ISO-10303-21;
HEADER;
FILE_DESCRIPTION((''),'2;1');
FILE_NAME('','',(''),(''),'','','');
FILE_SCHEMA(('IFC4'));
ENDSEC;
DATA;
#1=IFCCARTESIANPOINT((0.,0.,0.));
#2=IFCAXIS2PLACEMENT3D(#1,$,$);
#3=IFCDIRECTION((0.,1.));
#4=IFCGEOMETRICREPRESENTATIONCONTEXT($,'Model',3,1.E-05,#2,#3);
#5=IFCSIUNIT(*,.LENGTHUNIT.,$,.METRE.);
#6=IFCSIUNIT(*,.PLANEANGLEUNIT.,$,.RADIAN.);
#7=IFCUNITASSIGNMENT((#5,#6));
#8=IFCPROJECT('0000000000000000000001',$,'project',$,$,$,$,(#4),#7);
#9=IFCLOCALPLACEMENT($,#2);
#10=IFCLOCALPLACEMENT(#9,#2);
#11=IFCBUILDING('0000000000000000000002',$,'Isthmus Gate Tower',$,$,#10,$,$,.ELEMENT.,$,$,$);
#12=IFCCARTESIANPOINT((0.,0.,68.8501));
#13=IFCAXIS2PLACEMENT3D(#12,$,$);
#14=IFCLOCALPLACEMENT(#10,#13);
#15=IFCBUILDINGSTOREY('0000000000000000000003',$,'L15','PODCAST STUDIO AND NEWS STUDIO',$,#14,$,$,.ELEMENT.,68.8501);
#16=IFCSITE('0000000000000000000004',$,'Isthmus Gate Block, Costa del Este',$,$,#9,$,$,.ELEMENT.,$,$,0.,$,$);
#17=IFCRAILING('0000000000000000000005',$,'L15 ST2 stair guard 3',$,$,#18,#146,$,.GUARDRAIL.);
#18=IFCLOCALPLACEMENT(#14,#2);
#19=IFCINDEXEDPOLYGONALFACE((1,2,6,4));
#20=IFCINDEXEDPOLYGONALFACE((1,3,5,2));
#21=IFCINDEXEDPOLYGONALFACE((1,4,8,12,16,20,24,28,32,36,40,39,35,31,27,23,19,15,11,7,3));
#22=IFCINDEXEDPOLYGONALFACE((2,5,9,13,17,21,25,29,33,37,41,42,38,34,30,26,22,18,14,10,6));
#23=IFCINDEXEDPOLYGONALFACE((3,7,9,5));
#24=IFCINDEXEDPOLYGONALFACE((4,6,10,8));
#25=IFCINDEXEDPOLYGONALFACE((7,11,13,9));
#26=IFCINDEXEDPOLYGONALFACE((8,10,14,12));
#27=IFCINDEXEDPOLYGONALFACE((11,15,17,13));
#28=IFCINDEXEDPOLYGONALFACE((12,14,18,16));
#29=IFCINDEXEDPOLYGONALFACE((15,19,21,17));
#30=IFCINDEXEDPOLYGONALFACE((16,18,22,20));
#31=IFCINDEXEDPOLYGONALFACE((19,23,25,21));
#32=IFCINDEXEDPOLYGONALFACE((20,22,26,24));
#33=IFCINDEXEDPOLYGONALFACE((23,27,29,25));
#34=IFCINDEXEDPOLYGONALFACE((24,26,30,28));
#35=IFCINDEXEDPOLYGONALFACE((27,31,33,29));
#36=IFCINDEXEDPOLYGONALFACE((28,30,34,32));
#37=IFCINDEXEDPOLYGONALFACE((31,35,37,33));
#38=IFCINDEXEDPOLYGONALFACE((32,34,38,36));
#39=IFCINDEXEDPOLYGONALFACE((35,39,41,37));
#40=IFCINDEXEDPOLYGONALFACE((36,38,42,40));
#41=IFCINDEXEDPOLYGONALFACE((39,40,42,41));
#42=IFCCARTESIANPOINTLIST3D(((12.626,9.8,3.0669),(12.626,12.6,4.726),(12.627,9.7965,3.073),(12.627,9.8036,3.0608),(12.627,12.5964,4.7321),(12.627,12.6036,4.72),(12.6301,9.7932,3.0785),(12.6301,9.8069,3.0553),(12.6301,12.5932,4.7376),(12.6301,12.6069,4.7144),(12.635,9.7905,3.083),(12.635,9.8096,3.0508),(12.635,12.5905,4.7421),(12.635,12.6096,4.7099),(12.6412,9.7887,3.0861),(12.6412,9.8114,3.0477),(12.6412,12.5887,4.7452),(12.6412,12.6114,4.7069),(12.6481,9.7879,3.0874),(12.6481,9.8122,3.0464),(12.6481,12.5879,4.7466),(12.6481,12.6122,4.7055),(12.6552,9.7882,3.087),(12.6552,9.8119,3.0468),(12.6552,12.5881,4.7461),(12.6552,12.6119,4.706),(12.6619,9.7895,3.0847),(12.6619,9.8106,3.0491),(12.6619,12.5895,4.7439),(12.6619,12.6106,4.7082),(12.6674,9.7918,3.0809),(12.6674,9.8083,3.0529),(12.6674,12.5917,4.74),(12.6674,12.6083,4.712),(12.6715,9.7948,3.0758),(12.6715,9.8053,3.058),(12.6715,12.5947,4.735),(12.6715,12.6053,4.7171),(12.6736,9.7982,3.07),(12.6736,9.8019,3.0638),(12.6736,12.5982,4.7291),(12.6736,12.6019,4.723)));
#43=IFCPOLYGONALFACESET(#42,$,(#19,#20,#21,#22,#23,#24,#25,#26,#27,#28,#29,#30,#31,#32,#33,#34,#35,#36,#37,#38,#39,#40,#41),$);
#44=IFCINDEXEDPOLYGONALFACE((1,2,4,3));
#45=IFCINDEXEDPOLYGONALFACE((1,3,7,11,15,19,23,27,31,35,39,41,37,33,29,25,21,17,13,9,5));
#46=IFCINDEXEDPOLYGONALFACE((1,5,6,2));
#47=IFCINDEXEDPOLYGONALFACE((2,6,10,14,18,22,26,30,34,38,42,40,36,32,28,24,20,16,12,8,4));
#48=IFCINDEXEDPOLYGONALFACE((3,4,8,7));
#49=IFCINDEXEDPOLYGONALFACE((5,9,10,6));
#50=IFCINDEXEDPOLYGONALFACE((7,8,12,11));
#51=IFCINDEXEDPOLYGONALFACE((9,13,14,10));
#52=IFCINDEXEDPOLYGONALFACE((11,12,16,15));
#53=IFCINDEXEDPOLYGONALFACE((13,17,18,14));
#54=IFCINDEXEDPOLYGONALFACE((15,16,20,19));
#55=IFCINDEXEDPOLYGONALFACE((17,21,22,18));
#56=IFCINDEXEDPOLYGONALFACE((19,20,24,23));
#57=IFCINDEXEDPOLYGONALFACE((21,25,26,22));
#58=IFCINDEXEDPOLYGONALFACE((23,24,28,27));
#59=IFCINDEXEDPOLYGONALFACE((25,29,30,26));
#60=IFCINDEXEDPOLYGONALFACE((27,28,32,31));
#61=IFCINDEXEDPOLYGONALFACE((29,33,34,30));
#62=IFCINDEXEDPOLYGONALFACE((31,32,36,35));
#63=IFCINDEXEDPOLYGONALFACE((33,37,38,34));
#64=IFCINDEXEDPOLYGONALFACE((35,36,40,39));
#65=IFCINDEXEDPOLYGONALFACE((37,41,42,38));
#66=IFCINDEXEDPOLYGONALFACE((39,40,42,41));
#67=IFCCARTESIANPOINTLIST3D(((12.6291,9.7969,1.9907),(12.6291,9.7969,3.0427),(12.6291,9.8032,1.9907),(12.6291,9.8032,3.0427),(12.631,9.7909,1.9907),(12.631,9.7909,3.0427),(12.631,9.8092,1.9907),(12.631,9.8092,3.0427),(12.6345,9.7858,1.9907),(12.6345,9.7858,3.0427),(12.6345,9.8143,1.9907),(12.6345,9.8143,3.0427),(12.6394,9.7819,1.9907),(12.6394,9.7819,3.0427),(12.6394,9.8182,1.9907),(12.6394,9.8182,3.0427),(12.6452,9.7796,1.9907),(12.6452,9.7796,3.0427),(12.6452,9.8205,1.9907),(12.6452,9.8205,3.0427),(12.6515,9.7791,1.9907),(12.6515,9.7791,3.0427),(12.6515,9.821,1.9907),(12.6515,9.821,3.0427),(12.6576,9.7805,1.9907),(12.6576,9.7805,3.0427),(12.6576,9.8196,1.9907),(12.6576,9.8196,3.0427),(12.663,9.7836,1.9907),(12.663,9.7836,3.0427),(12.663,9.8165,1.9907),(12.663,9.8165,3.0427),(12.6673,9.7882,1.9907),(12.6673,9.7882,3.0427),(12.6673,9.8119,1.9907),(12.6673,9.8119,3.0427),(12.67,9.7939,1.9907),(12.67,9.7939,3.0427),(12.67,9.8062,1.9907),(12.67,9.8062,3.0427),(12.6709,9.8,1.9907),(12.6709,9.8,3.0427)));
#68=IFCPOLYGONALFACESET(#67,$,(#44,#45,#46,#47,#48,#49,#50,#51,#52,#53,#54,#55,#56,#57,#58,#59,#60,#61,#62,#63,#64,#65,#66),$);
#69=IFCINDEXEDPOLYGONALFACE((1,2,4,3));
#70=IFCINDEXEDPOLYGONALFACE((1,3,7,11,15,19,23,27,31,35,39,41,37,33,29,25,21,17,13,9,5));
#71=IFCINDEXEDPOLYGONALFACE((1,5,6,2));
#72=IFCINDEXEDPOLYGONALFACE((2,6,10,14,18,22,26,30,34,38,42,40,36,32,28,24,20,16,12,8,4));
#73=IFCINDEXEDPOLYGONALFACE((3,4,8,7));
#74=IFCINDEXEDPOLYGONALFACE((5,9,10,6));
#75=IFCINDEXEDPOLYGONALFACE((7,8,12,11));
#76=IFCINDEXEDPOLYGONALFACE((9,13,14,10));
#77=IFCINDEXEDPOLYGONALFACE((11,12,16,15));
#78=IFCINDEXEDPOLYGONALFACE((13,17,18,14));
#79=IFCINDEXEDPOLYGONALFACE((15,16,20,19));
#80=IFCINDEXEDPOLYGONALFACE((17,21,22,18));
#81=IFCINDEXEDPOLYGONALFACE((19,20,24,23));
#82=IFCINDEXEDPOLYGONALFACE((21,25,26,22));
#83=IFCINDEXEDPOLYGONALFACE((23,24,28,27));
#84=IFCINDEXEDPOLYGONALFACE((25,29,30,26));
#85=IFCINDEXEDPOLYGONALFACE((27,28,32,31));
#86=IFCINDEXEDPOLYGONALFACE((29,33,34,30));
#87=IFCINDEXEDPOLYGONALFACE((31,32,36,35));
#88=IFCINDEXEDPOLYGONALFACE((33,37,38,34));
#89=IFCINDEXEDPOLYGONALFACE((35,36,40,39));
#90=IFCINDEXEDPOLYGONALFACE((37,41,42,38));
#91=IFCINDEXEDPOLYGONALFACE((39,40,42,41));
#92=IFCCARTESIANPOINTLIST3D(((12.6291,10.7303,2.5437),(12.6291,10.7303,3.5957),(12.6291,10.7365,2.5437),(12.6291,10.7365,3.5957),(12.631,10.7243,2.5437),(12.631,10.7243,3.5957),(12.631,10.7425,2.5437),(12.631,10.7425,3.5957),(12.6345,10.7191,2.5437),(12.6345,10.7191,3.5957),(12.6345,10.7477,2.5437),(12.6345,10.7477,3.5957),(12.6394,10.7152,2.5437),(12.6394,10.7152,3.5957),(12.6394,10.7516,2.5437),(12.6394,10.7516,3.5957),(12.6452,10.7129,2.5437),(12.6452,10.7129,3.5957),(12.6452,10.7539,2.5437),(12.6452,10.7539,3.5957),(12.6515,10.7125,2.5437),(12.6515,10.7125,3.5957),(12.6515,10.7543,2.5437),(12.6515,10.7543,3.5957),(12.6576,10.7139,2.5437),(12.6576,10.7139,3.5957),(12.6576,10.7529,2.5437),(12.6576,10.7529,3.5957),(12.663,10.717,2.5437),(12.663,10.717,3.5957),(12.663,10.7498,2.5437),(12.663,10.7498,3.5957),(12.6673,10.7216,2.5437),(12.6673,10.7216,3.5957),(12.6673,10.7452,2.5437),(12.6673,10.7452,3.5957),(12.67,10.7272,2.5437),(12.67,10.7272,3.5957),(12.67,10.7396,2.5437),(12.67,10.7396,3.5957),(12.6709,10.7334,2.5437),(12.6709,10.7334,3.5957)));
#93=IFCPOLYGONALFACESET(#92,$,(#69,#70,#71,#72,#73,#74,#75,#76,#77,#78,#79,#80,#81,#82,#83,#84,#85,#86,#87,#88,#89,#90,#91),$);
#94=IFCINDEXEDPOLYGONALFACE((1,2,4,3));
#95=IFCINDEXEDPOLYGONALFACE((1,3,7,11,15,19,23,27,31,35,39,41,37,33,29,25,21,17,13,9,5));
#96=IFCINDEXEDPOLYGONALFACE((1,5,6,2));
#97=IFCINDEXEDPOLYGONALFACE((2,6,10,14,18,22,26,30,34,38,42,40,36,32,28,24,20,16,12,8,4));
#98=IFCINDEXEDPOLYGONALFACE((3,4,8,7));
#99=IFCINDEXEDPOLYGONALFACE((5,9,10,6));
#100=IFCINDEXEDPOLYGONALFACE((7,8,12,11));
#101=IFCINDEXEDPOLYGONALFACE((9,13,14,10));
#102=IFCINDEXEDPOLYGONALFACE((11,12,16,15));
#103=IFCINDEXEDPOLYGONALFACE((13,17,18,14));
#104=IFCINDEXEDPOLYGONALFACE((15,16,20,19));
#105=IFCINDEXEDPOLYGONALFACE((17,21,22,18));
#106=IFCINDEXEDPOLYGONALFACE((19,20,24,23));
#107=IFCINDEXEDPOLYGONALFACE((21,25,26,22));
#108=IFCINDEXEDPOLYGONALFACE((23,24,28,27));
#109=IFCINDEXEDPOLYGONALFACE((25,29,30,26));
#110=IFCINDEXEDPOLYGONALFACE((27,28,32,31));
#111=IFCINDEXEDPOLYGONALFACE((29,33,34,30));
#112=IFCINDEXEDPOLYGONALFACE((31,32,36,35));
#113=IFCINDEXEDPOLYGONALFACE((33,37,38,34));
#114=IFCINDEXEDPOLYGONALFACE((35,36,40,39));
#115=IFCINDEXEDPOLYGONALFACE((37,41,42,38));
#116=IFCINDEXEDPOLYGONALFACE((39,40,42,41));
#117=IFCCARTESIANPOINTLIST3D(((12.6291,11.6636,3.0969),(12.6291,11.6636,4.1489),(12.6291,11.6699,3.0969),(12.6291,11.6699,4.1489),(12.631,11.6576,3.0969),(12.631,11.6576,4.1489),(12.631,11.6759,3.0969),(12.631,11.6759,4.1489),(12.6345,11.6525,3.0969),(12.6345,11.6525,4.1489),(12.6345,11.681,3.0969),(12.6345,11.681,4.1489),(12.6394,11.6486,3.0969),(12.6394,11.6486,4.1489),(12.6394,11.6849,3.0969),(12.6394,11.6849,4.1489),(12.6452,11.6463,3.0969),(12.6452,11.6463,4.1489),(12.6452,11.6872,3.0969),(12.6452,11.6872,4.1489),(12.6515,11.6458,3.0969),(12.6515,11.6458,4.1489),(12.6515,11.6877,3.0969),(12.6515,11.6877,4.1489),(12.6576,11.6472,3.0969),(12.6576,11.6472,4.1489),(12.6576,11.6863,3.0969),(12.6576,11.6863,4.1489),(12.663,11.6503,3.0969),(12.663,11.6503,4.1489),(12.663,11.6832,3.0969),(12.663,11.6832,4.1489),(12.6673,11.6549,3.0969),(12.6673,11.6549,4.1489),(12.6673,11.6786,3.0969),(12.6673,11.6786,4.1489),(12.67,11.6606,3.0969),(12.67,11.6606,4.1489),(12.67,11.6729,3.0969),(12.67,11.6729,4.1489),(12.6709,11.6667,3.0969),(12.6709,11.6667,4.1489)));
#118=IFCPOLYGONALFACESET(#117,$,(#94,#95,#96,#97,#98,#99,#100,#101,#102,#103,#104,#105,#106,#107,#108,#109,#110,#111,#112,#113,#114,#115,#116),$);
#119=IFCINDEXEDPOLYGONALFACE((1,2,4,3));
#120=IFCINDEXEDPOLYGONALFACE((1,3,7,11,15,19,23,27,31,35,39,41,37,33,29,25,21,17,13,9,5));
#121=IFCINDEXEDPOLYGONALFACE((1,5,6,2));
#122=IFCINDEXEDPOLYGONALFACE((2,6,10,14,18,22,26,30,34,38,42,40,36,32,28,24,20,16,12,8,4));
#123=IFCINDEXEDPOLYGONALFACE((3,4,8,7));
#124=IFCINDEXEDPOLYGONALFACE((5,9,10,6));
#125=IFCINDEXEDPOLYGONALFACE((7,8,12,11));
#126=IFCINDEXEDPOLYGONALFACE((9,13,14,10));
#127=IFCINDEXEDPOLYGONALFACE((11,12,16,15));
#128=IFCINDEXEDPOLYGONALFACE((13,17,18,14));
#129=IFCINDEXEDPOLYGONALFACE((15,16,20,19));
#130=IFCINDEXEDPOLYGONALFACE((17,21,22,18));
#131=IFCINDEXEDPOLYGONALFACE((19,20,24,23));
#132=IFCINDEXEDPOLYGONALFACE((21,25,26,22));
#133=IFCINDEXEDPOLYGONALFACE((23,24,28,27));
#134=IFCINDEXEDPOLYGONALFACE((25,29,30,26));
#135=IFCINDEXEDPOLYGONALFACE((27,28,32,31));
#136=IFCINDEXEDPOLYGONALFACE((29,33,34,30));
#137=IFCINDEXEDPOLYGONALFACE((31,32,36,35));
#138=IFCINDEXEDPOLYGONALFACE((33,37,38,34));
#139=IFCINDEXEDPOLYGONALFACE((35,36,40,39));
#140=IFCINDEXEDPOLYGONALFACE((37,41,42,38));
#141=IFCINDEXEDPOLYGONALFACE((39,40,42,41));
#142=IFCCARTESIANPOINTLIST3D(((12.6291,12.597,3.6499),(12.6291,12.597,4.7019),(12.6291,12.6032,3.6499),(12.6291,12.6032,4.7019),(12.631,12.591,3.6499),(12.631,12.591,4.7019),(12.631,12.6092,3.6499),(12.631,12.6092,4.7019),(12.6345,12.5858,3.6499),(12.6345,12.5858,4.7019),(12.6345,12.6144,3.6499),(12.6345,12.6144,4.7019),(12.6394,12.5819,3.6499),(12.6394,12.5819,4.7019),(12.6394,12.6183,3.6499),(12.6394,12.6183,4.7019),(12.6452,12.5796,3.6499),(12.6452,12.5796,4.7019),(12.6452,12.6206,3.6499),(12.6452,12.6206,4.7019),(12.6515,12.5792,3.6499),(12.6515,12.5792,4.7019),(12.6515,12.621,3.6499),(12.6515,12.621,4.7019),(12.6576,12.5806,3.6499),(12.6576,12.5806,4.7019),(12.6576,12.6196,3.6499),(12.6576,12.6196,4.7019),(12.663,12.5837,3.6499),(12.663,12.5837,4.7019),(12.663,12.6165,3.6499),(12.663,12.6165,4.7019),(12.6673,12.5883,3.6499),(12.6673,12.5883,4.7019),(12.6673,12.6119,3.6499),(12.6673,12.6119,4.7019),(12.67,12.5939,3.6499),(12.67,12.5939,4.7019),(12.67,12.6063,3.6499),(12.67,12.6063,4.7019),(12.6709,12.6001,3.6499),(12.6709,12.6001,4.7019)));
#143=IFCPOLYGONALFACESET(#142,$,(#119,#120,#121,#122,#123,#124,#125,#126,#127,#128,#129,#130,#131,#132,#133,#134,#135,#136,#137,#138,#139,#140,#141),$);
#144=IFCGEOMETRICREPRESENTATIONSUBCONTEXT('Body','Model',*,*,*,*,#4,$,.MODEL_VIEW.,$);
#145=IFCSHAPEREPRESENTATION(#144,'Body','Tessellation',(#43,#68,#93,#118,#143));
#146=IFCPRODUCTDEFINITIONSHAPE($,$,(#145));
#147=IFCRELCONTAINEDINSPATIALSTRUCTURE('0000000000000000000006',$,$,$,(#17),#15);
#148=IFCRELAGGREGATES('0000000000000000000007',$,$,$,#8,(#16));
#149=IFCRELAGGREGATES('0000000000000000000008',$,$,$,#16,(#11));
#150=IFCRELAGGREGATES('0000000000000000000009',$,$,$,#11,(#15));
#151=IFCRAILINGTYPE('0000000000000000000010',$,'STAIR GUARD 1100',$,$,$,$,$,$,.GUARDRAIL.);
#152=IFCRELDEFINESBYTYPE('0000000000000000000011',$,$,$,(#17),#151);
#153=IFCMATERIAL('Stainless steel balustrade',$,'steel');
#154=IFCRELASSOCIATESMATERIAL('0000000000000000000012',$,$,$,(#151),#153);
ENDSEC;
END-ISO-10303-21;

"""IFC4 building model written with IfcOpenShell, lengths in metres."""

from ifc_helpers import new_model, si_unit, direction, frame, origin, origin_2d, place, context, subcontext, project, spatial, circle, extrude, material, type_object, element, save


model = new_model("IFC4")

# Units and contexts
model_context = context("Model", 3, precision=1e-05, world=origin(), true_north=direction((0.0, 1.0)))
body_context = subcontext(model_context, "Body", "Model", "MODEL_VIEW")
ifc_project = project(units=[si_unit("LENGTHUNIT", "METRE"), si_unit("PLANEANGLEUNIT", "RADIAN")], contexts=[model_context])

# Site, building, storey
site_placement = place(None, origin())
site = spatial("IfcSite", under=ifc_project, at=site_placement, Name="Isthmus Gate Block, Costa del Este", CompositionType="ELEMENT", RefElevation=0.0)
building_placement = place(site_placement, origin())
building = spatial("IfcBuilding", under=site, at=building_placement, Name="Isthmus Gate Tower", CompositionType="ELEMENT")
storey_placement = place(building_placement, frame((0.0, 0.0, 68.8501)))
storey = spatial("IfcBuildingStorey", under=building, at=storey_placement, Name="L15", Description="PODCAST STUDIO AND NEWS STUDIO", CompositionType="ELEMENT", Elevation=68.8501)

# Railing
ifc_material_1 = material(Name="Stainless steel balustrade", Category="steel")
railing_type_1 = type_object("IfcRailingType", Name="STAIR GUARD 1100", PredefinedType="GUARDRAIL", material=ifc_material_1)
railing_1_placement = place(storey_placement, frame((12.6499, 9.8, 1.9907)))
element("IfcRailing", 1, at=railing_1_placement, inside=storey, type_object=railing_type_1, Name="L15 ST2 stair guard 3", PredefinedType="GUARDRAIL", context=body_context, shape_type="SweptSolid", body=[
    extrude(circle(Radius=0.0239, at=origin_2d()), frame((0.0, 0.0, 1.0762), z_axis=(0.0, 0.860306, 0.509778), x_axis=(-1.0, 0.0, 0.0)), (0.0, 0.0, 1.0), 3.2546),
    extrude(circle(Radius=0.021, at=origin_2d()), origin(), (0.0, 0.0, 1.0), 1.052),
    extrude(circle(Radius=0.021, at=origin_2d()), frame((0.0, 0.9333, 0.553)), (0.0, 0.0, 1.0), 1.052),
    extrude(circle(Radius=0.021, at=origin_2d()), frame((0.0, 1.8667, 1.1062)), (0.0, 0.0, 1.0), 1.052),
    extrude(circle(Radius=0.021, at=origin_2d()), frame((0.0, 2.8, 1.6592)), (0.0, 0.0, 1.0), 1.052),
])

save(model, "model.ifc")
